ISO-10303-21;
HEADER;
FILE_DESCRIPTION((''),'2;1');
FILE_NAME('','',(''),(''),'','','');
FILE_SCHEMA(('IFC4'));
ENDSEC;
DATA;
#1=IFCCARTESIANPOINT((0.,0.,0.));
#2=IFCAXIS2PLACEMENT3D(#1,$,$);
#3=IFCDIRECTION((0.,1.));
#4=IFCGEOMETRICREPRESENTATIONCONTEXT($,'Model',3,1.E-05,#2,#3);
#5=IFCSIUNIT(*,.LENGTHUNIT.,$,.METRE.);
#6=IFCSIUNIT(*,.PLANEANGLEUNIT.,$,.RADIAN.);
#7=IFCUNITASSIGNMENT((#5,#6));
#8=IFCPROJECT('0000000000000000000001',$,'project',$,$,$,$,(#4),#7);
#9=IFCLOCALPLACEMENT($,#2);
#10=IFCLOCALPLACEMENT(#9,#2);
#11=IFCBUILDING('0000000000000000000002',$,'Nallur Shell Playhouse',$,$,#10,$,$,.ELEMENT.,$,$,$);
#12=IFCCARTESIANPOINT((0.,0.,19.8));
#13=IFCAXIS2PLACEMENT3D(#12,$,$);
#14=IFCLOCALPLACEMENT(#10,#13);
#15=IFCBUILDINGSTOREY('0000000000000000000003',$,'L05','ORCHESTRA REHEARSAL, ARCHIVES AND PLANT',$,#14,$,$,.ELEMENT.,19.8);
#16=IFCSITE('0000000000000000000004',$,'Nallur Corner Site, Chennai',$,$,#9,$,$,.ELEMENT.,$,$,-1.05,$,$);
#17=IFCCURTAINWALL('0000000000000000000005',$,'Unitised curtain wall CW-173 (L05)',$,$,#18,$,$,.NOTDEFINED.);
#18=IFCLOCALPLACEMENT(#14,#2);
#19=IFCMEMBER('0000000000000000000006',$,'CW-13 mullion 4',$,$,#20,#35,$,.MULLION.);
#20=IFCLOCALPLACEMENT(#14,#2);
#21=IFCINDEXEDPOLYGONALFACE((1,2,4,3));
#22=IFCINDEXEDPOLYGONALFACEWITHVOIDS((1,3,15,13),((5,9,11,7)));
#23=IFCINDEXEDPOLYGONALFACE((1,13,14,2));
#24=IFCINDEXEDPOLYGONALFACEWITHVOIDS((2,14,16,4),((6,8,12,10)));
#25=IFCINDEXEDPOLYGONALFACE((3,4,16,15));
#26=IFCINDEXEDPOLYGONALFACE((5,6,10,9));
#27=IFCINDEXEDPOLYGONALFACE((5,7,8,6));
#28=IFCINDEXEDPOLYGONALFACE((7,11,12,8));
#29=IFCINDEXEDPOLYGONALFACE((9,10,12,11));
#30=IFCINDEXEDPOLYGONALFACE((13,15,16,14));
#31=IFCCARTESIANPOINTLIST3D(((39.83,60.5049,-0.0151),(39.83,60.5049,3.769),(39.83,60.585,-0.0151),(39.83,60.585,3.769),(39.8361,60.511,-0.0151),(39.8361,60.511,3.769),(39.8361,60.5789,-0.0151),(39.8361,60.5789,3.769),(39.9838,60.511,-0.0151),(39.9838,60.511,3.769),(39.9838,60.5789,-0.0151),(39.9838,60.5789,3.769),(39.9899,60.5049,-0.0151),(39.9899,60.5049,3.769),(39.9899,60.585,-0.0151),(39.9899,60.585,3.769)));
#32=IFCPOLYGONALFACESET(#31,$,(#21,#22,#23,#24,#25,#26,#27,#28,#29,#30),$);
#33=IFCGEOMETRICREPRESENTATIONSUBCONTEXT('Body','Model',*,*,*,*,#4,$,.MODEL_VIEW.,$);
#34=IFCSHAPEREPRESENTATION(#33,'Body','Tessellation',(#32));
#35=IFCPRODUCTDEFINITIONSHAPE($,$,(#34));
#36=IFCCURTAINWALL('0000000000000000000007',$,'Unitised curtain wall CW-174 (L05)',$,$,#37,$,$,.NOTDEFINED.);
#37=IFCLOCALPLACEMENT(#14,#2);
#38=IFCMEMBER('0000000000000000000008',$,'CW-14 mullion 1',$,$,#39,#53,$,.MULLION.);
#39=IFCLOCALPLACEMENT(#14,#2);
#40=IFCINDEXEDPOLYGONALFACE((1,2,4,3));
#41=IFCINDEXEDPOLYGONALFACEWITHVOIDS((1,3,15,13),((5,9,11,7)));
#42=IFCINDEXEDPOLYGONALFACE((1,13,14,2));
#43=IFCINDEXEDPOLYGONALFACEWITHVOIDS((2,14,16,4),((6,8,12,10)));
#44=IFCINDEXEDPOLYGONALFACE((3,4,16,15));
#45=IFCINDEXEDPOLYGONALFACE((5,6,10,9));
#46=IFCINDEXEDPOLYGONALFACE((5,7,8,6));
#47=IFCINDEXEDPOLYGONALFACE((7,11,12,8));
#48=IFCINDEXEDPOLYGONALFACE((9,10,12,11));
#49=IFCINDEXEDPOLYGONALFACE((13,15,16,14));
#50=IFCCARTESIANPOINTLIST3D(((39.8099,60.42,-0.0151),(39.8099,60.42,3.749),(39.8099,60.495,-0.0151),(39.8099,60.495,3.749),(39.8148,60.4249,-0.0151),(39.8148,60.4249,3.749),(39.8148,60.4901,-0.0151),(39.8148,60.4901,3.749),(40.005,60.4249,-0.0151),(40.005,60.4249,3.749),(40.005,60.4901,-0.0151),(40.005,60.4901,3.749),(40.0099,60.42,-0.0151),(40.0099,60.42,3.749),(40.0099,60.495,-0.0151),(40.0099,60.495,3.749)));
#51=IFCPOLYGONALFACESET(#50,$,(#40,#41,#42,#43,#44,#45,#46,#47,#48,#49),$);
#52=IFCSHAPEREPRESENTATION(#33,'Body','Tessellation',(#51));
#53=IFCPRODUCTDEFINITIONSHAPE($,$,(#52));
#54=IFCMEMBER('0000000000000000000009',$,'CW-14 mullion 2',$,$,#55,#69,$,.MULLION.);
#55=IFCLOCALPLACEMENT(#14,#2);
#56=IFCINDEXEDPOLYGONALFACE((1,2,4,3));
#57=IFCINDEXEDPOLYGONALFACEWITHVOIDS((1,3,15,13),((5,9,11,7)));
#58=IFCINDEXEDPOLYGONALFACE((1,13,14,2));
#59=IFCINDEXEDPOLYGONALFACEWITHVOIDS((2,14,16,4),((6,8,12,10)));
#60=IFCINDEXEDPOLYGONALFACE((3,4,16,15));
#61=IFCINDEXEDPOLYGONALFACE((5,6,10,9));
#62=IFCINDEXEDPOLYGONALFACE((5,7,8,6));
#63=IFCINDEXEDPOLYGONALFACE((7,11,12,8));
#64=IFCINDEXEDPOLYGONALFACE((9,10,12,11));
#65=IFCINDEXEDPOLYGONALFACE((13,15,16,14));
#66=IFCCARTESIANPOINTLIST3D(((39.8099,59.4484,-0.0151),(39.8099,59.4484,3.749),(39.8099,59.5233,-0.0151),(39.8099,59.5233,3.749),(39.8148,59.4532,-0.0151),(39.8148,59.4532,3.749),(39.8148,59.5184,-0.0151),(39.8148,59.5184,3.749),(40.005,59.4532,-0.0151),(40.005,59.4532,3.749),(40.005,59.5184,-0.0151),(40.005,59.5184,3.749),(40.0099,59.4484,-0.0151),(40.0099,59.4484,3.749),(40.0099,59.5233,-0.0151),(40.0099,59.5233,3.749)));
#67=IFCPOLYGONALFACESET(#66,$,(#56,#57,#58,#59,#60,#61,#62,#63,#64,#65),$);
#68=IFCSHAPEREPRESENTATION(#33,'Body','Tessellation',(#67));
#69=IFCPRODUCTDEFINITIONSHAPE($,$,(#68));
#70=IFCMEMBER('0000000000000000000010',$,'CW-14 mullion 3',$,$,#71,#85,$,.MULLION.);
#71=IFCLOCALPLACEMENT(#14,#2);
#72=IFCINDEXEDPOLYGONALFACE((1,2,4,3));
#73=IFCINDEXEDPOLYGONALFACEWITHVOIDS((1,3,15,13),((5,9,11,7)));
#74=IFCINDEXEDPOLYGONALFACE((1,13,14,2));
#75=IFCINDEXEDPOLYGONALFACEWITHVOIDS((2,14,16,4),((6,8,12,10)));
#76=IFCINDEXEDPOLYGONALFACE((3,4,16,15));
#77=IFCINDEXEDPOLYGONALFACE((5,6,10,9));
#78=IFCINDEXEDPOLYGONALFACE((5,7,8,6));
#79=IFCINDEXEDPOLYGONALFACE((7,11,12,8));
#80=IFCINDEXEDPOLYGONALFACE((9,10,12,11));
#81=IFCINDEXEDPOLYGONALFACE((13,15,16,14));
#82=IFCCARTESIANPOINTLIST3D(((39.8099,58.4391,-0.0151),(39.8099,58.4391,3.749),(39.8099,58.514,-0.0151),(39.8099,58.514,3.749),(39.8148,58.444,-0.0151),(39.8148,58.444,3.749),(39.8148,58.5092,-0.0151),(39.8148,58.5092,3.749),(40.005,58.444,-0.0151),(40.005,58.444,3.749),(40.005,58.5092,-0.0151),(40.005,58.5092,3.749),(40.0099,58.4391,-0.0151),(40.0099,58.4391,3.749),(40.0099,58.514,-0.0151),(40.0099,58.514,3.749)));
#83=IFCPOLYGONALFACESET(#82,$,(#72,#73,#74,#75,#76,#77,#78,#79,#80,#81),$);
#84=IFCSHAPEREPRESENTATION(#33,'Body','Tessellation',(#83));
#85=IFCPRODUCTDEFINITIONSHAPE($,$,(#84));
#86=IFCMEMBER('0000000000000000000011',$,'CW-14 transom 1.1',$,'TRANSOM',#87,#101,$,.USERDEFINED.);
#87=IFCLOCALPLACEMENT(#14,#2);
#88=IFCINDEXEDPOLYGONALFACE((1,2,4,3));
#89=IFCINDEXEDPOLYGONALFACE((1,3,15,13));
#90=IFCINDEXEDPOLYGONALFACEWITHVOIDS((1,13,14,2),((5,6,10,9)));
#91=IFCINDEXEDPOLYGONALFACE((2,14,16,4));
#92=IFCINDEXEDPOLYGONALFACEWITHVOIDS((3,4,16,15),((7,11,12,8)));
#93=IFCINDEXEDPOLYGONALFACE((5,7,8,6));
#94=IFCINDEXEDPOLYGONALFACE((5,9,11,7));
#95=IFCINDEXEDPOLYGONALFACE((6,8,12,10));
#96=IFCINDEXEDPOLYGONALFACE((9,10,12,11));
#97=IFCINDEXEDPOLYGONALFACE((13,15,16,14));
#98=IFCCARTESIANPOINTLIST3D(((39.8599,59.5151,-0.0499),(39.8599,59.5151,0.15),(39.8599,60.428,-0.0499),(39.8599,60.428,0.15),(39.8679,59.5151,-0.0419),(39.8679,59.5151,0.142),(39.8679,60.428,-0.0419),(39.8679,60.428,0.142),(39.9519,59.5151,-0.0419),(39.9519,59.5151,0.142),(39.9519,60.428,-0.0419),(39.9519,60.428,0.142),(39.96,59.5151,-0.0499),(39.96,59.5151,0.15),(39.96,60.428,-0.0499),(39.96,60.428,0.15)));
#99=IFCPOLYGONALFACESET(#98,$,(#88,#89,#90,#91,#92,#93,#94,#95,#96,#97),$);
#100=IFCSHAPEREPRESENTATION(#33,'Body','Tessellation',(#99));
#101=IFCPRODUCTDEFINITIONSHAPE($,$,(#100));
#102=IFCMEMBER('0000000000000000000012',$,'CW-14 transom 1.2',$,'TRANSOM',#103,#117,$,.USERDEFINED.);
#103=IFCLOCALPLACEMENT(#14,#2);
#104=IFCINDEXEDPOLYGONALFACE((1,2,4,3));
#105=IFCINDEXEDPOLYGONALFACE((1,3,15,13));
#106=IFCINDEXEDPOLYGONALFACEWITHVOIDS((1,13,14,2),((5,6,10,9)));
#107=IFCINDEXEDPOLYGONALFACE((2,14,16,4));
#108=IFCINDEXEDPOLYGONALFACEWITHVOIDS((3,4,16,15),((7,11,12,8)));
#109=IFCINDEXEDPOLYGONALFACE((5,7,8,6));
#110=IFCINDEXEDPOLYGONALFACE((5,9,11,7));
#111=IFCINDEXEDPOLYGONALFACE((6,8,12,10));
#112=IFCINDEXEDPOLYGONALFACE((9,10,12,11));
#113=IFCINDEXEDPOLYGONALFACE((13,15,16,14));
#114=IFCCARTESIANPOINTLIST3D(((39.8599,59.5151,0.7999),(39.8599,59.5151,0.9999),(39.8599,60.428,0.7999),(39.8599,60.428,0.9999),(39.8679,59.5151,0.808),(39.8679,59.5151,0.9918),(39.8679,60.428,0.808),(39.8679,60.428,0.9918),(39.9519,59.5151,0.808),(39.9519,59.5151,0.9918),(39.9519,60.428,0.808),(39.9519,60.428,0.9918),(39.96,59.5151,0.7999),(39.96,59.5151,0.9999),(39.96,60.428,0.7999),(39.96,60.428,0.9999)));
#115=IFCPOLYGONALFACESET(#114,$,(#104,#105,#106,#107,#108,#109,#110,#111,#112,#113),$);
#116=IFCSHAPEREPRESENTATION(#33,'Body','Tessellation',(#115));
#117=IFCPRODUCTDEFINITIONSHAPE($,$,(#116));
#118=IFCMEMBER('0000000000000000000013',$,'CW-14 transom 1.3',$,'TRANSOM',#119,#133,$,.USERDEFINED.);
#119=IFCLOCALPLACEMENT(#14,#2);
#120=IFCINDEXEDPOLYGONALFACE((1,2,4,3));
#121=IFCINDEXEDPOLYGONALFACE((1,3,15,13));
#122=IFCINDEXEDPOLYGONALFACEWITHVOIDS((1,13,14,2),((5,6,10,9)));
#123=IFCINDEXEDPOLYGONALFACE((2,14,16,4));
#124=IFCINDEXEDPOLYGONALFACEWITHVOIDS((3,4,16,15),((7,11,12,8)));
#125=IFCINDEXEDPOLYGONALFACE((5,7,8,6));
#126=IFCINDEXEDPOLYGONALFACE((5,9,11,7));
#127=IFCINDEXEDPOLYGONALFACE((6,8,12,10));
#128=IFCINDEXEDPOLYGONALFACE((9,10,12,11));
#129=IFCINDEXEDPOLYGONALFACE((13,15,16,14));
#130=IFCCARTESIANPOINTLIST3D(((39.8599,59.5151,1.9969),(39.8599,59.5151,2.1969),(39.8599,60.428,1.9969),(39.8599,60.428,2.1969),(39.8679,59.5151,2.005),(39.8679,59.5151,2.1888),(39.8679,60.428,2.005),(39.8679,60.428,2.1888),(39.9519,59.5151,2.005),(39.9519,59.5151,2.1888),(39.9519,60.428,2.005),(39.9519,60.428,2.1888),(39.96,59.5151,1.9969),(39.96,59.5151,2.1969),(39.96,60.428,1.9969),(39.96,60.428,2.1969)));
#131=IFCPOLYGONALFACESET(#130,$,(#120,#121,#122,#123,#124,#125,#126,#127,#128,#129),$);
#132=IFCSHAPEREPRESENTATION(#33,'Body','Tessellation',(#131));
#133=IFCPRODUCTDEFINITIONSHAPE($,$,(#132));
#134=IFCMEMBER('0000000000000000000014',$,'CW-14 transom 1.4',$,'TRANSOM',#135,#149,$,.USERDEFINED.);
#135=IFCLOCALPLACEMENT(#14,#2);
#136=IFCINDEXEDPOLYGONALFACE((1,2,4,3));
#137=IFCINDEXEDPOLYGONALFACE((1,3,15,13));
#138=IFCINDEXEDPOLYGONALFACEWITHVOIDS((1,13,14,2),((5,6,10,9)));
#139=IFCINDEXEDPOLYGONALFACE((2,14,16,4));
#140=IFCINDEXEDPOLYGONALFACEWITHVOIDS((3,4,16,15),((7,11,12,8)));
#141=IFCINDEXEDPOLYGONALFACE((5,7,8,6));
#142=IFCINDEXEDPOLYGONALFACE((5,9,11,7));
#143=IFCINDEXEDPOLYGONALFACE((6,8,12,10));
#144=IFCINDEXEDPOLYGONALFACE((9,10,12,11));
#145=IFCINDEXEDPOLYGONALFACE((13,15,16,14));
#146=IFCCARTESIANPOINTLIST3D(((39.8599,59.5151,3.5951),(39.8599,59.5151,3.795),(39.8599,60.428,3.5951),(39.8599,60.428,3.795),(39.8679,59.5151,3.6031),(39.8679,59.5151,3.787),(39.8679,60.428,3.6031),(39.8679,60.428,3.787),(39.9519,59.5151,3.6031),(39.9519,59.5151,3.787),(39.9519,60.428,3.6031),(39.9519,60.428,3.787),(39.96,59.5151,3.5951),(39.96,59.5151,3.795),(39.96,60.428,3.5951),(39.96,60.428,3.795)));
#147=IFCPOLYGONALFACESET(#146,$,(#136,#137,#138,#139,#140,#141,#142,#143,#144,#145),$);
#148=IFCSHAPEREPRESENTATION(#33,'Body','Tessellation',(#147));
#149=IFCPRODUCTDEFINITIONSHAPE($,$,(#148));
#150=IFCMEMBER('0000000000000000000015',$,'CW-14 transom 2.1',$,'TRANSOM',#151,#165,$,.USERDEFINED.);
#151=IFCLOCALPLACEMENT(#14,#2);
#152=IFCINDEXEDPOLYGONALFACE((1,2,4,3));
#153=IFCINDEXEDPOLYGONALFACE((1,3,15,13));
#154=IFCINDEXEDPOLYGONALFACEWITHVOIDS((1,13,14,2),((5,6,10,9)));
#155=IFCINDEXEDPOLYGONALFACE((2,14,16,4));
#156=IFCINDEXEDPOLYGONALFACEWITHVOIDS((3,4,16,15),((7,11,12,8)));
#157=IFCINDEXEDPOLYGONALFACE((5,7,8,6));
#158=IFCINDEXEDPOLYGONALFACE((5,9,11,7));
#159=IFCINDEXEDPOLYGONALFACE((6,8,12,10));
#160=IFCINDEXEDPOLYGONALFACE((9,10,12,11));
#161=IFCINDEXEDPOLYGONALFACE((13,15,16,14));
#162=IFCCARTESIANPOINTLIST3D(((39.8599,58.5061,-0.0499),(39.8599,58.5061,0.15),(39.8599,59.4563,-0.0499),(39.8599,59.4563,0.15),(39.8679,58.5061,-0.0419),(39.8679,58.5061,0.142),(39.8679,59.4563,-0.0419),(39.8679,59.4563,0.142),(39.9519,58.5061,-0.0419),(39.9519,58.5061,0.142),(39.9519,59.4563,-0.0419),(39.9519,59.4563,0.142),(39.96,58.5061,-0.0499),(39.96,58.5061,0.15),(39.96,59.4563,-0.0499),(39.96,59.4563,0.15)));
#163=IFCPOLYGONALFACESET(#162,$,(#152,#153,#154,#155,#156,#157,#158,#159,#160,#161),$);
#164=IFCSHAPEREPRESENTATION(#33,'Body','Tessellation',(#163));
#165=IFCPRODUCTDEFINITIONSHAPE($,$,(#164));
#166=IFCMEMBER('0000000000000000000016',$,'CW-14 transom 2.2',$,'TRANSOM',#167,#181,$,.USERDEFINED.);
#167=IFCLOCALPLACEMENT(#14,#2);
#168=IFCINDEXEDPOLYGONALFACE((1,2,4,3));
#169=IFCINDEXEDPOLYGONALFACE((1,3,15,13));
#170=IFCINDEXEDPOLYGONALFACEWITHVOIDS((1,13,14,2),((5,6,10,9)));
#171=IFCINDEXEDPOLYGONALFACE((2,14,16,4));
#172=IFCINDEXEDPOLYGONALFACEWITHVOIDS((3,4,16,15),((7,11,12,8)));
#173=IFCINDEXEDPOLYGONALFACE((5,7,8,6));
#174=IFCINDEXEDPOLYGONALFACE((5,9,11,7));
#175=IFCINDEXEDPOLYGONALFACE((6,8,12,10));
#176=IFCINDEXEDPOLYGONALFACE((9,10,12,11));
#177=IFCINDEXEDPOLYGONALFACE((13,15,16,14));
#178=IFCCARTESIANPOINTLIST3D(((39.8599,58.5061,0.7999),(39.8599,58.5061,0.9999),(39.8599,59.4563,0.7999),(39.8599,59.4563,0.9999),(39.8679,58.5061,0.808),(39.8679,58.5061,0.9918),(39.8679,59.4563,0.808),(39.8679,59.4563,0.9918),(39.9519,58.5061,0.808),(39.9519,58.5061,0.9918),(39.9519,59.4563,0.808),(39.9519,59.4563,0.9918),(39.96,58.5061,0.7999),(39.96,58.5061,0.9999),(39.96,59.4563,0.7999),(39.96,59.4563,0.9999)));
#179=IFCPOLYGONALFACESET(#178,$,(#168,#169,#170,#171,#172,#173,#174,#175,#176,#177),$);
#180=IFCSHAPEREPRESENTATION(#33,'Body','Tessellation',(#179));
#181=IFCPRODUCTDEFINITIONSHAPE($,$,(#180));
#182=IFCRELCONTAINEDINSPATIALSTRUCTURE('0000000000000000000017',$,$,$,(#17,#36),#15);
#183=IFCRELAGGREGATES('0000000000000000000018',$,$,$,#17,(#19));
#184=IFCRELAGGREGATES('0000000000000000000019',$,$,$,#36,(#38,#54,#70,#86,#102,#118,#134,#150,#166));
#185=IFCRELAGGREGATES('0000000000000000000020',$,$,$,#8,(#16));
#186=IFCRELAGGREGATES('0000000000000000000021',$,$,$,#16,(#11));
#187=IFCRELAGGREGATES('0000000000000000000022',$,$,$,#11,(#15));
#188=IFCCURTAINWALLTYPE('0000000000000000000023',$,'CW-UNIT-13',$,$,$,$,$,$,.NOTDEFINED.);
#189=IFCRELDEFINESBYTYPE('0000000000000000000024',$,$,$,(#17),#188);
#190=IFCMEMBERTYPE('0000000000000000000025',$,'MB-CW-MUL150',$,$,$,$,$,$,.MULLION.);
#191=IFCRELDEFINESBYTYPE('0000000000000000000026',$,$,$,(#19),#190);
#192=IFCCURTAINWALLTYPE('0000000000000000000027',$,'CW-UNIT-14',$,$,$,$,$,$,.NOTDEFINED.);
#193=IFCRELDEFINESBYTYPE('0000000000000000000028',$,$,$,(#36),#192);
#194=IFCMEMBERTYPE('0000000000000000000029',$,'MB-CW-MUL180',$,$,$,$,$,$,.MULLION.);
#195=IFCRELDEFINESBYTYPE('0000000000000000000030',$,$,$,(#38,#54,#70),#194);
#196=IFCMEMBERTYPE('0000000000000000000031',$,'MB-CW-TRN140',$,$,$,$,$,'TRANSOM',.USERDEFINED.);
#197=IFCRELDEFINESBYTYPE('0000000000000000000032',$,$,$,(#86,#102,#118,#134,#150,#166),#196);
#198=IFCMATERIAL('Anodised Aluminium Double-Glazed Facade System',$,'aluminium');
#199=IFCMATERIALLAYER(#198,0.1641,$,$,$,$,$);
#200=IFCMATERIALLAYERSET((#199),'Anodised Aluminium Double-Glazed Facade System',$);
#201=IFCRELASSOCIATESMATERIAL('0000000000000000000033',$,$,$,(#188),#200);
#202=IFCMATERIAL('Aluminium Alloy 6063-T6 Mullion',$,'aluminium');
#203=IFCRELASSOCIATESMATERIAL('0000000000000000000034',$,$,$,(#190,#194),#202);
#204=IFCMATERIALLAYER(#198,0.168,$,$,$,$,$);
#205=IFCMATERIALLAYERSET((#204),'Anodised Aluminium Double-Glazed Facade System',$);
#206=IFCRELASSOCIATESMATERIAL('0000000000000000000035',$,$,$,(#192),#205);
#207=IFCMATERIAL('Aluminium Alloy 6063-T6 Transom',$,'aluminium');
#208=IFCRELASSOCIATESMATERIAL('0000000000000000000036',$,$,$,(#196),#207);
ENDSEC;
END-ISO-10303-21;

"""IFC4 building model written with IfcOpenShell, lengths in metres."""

from ifc_helpers import new_model, si_unit, direction, frame, origin, origin_2d, place, context, subcontext, project, spatial, hollow_rectangle, extrude, material, layer, layer_set, material_profile, profile_set, type_object, element, aggregate, save


model = new_model("IFC4")

# Units and contexts
model_context = context("Model", 3, precision=1e-05, world=origin(), true_north=direction((0.0, 1.0)))
body_context = subcontext(model_context, "Body", "Model", "MODEL_VIEW")
ifc_project = project(units=[si_unit("LENGTHUNIT", "METRE"), si_unit("PLANEANGLEUNIT", "RADIAN")], contexts=[model_context])

# Site, building, storey
site_placement = place(None, origin())
site = spatial("IfcSite", under=ifc_project, at=site_placement, Name="Nallur Corner Site, Chennai", CompositionType="ELEMENT", RefElevation=-1.05)
building_placement = place(site_placement, origin())
building = spatial("IfcBuilding", under=site, at=building_placement, Name="Nallur Shell Playhouse", CompositionType="ELEMENT")
storey_placement = place(building_placement, frame((0.0, 0.0, 19.8)))
storey = spatial("IfcBuildingStorey", under=building, at=storey_placement, Name="L05", Description="ORCHESTRA REHEARSAL, ARCHIVES AND PLANT", CompositionType="ELEMENT", Elevation=19.8)

# Curtain wall, member
ifc_material_1 = material(Name="Anodised Aluminium Double-Glazed Facade System", Category="aluminium")
ifc_layer_1 = layer(ifc_material_1, 0.1641)
ifc_layer_set_1 = layer_set([ifc_layer_1], Name="Anodised Aluminium Double-Glazed Facade System")
curtain_wall_type_1 = type_object("IfcCurtainWallType", Name="CW-UNIT-13", PredefinedType="NOTDEFINED", material=ifc_layer_set_1)
curtain_wall_1_placement = place(storey_placement, origin())
curtain_wall_1 = element("IfcCurtainWall", 1, at=curtain_wall_1_placement, inside=storey, type_object=curtain_wall_type_1, Name="Unitised curtain wall CW-173 (L05)", PredefinedType="NOTDEFINED")
ifc_material_2 = material(Name="Aluminium Alloy 6063-T6 Mullion", Category="aluminium")
ifc_material_profile_1 = material_profile(ifc_material_2, hollow_rectangle(XDim=0.0801, YDim=0.1599, WallThickness=0.0061, at=origin_2d()), Name="RHS 160x80x6")
ifc_profile_set_1 = profile_set([ifc_material_profile_1], Name="Aluminium Alloy 6063-T6 Mullion")
member_type_1 = type_object("IfcMemberType", Name="MB-CW-MUL150", PredefinedType="MULLION", material=ifc_profile_set_1)
member_1_placement = place(storey_placement, frame((39.9099, 60.5449, -0.0151), z_axis=(0.0, 0.0, 1.0), x_axis=(0.0, -1.0, 0.0)))
member_1 = element("IfcMember", 2, at=member_1_placement, type_object=member_type_1, Name="CW-13 mullion 4", PredefinedType="MULLION", context=body_context, shape_type="SweptSolid", body=[
    extrude(hollow_rectangle(XDim=0.0801, YDim=0.1599, WallThickness=0.0061, at=origin_2d()), origin(), (0.0, 0.0, 1.0), 3.7842),
])

# Curtain wall, members
ifc_layer_2 = layer(ifc_material_1, 0.168)
ifc_layer_set_2 = layer_set([ifc_layer_2], Name="Anodised Aluminium Double-Glazed Facade System")
curtain_wall_type_2 = type_object("IfcCurtainWallType", Name="CW-UNIT-14", PredefinedType="NOTDEFINED", material=ifc_layer_set_2)
curtain_wall_2_placement = place(storey_placement, origin())
curtain_wall_2 = element("IfcCurtainWall", 3, at=curtain_wall_2_placement, inside=storey, type_object=curtain_wall_type_2, Name="Unitised curtain wall CW-174 (L05)", PredefinedType="NOTDEFINED")
ifc_material_profile_2 = material_profile(ifc_material_2, hollow_rectangle(XDim=0.075, YDim=0.2, WallThickness=0.0049, at=origin_2d()), Name="ALU 75x200x5")
ifc_profile_set_2 = profile_set([ifc_material_profile_2], Name="Aluminium Alloy 6063-T6 Mullion")
member_type_2 = type_object("IfcMemberType", Name="MB-CW-MUL180", PredefinedType="MULLION", material=ifc_profile_set_2)
member_2_placement = place(storey_placement, frame((39.9099, 60.4575, -0.0151), z_axis=(0.0, 0.0, 1.0), x_axis=(0.0, -1.0, 0.0)))
member_2 = element("IfcMember", 4, at=member_2_placement, type_object=member_type_2, Name="CW-14 mullion 1", PredefinedType="MULLION", context=body_context, shape_type="SweptSolid", body=[
    extrude(hollow_rectangle(XDim=0.075, YDim=0.2, WallThickness=0.0049, at=origin_2d()), origin(), (0.0, 0.0, 1.0), 3.7642),
])
member_3_placement = place(storey_placement, frame((39.9099, 59.4858, -0.0151), z_axis=(0.0, 0.0, 1.0), x_axis=(0.0, -1.0, 0.0)))
member_3 = element("IfcMember", 5, at=member_3_placement, type_object=member_type_2, Name="CW-14 mullion 2", PredefinedType="MULLION", context=body_context, shape_type="SweptSolid", body=[
    extrude(hollow_rectangle(XDim=0.075, YDim=0.2, WallThickness=0.0049, at=origin_2d()), origin(), (0.0, 0.0, 1.0), 3.7642),
])
member_4_placement = place(storey_placement, frame((39.9099, 58.4766, -0.0151), z_axis=(0.0, 0.0, 1.0), x_axis=(0.0, -1.0, 0.0)))
member_4 = element("IfcMember", 6, at=member_4_placement, type_object=member_type_2, Name="CW-14 mullion 3", PredefinedType="MULLION", context=body_context, shape_type="SweptSolid", body=[
    extrude(hollow_rectangle(XDim=0.075, YDim=0.2, WallThickness=0.0049, at=origin_2d()), origin(), (0.0, 0.0, 1.0), 3.7642),
])
ifc_material_3 = material(Name="Aluminium Alloy 6063-T6 Transom", Category="aluminium")
ifc_material_profile_3 = material_profile(ifc_material_3, hollow_rectangle(XDim=0.1001, YDim=0.2, WallThickness=0.0081, at=origin_2d()), Name="RHS 200x100x8")
ifc_profile_set_3 = profile_set([ifc_material_profile_3], Name="Aluminium Alloy 6063-T6 Transom")
member_type_3 = type_object("IfcMemberType", Name="MB-CW-TRN140", ElementType="TRANSOM", PredefinedType="USERDEFINED", material=ifc_profile_set_3)
member_5_placement = place(storey_placement, frame((39.9099, 60.428, 0.05), z_axis=(0.0, -1.0, 0.0), x_axis=(1.0, 0.0, 0.0)))
member_5 = element("IfcMember", 7, at=member_5_placement, type_object=member_type_3, Name="CW-14 transom 1.1", ObjectType="TRANSOM", PredefinedType="USERDEFINED", context=body_context, shape_type="SweptSolid", body=[
    extrude(hollow_rectangle(XDim=0.1001, YDim=0.2, WallThickness=0.0081, at=origin_2d()), origin(), (0.0, 0.0, 1.0), 0.9128),
])
member_6_placement = place(storey_placement, frame((39.9099, 60.428, 0.8999), z_axis=(0.0, -1.0, 0.0), x_axis=(1.0, 0.0, 0.0)))
member_6 = element("IfcMember", 8, at=member_6_placement, type_object=member_type_3, Name="CW-14 transom 1.2", ObjectType="TRANSOM", PredefinedType="USERDEFINED", context=body_context, shape_type="SweptSolid", body=[
    extrude(hollow_rectangle(XDim=0.1001, YDim=0.2, WallThickness=0.0081, at=origin_2d()), origin(), (0.0, 0.0, 1.0), 0.9128),
])
member_7_placement = place(storey_placement, frame((39.9099, 60.428, 2.0969), z_axis=(0.0, -1.0, 0.0), x_axis=(1.0, 0.0, 0.0)))
member_7 = element("IfcMember", 9, at=member_7_placement, type_object=member_type_3, Name="CW-14 transom 1.3", ObjectType="TRANSOM", PredefinedType="USERDEFINED", context=body_context, shape_type="SweptSolid", body=[
    extrude(hollow_rectangle(XDim=0.1001, YDim=0.2, WallThickness=0.0081, at=origin_2d()), origin(), (0.0, 0.0, 1.0), 0.9128),
])
member_8_placement = place(storey_placement, frame((39.9099, 60.428, 3.6951), z_axis=(0.0, -1.0, 0.0), x_axis=(1.0, 0.0, 0.0)))
member_8 = element("IfcMember", 10, at=member_8_placement, type_object=member_type_3, Name="CW-14 transom 1.4", ObjectType="TRANSOM", PredefinedType="USERDEFINED", context=body_context, shape_type="SweptSolid", body=[
    extrude(hollow_rectangle(XDim=0.1001, YDim=0.2, WallThickness=0.0081, at=origin_2d()), origin(), (0.0, 0.0, 1.0), 0.9128),
])
member_9_placement = place(storey_placement, frame((39.9099, 59.4563, 0.05), z_axis=(0.0, -1.0, 0.0), x_axis=(1.0, 0.0, 0.0)))
member_9 = element("IfcMember", 11, at=member_9_placement, type_object=member_type_3, Name="CW-14 transom 2.1", ObjectType="TRANSOM", PredefinedType="USERDEFINED", context=body_context, shape_type="SweptSolid", body=[
    extrude(hollow_rectangle(XDim=0.1001, YDim=0.2, WallThickness=0.0081, at=origin_2d()), origin(), (0.0, 0.0, 1.0), 0.9502),
])
member_10_placement = place(storey_placement, frame((39.9099, 59.4563, 0.8999), z_axis=(0.0, -1.0, 0.0), x_axis=(1.0, 0.0, 0.0)))
member_10 = element("IfcMember", 12, at=member_10_placement, type_object=member_type_3, Name="CW-14 transom 2.2", ObjectType="TRANSOM", PredefinedType="USERDEFINED", context=body_context, shape_type="SweptSolid", body=[
    extrude(hollow_rectangle(XDim=0.1001, YDim=0.2, WallThickness=0.0081, at=origin_2d()), origin(), (0.0, 0.0, 1.0), 0.9502),
])

aggregate(curtain_wall_1, [member_1])
aggregate(curtain_wall_2, [member_2, member_3, member_4, member_5, member_6, member_7, member_8, member_9, member_10])

save(model, "model.ifc")
